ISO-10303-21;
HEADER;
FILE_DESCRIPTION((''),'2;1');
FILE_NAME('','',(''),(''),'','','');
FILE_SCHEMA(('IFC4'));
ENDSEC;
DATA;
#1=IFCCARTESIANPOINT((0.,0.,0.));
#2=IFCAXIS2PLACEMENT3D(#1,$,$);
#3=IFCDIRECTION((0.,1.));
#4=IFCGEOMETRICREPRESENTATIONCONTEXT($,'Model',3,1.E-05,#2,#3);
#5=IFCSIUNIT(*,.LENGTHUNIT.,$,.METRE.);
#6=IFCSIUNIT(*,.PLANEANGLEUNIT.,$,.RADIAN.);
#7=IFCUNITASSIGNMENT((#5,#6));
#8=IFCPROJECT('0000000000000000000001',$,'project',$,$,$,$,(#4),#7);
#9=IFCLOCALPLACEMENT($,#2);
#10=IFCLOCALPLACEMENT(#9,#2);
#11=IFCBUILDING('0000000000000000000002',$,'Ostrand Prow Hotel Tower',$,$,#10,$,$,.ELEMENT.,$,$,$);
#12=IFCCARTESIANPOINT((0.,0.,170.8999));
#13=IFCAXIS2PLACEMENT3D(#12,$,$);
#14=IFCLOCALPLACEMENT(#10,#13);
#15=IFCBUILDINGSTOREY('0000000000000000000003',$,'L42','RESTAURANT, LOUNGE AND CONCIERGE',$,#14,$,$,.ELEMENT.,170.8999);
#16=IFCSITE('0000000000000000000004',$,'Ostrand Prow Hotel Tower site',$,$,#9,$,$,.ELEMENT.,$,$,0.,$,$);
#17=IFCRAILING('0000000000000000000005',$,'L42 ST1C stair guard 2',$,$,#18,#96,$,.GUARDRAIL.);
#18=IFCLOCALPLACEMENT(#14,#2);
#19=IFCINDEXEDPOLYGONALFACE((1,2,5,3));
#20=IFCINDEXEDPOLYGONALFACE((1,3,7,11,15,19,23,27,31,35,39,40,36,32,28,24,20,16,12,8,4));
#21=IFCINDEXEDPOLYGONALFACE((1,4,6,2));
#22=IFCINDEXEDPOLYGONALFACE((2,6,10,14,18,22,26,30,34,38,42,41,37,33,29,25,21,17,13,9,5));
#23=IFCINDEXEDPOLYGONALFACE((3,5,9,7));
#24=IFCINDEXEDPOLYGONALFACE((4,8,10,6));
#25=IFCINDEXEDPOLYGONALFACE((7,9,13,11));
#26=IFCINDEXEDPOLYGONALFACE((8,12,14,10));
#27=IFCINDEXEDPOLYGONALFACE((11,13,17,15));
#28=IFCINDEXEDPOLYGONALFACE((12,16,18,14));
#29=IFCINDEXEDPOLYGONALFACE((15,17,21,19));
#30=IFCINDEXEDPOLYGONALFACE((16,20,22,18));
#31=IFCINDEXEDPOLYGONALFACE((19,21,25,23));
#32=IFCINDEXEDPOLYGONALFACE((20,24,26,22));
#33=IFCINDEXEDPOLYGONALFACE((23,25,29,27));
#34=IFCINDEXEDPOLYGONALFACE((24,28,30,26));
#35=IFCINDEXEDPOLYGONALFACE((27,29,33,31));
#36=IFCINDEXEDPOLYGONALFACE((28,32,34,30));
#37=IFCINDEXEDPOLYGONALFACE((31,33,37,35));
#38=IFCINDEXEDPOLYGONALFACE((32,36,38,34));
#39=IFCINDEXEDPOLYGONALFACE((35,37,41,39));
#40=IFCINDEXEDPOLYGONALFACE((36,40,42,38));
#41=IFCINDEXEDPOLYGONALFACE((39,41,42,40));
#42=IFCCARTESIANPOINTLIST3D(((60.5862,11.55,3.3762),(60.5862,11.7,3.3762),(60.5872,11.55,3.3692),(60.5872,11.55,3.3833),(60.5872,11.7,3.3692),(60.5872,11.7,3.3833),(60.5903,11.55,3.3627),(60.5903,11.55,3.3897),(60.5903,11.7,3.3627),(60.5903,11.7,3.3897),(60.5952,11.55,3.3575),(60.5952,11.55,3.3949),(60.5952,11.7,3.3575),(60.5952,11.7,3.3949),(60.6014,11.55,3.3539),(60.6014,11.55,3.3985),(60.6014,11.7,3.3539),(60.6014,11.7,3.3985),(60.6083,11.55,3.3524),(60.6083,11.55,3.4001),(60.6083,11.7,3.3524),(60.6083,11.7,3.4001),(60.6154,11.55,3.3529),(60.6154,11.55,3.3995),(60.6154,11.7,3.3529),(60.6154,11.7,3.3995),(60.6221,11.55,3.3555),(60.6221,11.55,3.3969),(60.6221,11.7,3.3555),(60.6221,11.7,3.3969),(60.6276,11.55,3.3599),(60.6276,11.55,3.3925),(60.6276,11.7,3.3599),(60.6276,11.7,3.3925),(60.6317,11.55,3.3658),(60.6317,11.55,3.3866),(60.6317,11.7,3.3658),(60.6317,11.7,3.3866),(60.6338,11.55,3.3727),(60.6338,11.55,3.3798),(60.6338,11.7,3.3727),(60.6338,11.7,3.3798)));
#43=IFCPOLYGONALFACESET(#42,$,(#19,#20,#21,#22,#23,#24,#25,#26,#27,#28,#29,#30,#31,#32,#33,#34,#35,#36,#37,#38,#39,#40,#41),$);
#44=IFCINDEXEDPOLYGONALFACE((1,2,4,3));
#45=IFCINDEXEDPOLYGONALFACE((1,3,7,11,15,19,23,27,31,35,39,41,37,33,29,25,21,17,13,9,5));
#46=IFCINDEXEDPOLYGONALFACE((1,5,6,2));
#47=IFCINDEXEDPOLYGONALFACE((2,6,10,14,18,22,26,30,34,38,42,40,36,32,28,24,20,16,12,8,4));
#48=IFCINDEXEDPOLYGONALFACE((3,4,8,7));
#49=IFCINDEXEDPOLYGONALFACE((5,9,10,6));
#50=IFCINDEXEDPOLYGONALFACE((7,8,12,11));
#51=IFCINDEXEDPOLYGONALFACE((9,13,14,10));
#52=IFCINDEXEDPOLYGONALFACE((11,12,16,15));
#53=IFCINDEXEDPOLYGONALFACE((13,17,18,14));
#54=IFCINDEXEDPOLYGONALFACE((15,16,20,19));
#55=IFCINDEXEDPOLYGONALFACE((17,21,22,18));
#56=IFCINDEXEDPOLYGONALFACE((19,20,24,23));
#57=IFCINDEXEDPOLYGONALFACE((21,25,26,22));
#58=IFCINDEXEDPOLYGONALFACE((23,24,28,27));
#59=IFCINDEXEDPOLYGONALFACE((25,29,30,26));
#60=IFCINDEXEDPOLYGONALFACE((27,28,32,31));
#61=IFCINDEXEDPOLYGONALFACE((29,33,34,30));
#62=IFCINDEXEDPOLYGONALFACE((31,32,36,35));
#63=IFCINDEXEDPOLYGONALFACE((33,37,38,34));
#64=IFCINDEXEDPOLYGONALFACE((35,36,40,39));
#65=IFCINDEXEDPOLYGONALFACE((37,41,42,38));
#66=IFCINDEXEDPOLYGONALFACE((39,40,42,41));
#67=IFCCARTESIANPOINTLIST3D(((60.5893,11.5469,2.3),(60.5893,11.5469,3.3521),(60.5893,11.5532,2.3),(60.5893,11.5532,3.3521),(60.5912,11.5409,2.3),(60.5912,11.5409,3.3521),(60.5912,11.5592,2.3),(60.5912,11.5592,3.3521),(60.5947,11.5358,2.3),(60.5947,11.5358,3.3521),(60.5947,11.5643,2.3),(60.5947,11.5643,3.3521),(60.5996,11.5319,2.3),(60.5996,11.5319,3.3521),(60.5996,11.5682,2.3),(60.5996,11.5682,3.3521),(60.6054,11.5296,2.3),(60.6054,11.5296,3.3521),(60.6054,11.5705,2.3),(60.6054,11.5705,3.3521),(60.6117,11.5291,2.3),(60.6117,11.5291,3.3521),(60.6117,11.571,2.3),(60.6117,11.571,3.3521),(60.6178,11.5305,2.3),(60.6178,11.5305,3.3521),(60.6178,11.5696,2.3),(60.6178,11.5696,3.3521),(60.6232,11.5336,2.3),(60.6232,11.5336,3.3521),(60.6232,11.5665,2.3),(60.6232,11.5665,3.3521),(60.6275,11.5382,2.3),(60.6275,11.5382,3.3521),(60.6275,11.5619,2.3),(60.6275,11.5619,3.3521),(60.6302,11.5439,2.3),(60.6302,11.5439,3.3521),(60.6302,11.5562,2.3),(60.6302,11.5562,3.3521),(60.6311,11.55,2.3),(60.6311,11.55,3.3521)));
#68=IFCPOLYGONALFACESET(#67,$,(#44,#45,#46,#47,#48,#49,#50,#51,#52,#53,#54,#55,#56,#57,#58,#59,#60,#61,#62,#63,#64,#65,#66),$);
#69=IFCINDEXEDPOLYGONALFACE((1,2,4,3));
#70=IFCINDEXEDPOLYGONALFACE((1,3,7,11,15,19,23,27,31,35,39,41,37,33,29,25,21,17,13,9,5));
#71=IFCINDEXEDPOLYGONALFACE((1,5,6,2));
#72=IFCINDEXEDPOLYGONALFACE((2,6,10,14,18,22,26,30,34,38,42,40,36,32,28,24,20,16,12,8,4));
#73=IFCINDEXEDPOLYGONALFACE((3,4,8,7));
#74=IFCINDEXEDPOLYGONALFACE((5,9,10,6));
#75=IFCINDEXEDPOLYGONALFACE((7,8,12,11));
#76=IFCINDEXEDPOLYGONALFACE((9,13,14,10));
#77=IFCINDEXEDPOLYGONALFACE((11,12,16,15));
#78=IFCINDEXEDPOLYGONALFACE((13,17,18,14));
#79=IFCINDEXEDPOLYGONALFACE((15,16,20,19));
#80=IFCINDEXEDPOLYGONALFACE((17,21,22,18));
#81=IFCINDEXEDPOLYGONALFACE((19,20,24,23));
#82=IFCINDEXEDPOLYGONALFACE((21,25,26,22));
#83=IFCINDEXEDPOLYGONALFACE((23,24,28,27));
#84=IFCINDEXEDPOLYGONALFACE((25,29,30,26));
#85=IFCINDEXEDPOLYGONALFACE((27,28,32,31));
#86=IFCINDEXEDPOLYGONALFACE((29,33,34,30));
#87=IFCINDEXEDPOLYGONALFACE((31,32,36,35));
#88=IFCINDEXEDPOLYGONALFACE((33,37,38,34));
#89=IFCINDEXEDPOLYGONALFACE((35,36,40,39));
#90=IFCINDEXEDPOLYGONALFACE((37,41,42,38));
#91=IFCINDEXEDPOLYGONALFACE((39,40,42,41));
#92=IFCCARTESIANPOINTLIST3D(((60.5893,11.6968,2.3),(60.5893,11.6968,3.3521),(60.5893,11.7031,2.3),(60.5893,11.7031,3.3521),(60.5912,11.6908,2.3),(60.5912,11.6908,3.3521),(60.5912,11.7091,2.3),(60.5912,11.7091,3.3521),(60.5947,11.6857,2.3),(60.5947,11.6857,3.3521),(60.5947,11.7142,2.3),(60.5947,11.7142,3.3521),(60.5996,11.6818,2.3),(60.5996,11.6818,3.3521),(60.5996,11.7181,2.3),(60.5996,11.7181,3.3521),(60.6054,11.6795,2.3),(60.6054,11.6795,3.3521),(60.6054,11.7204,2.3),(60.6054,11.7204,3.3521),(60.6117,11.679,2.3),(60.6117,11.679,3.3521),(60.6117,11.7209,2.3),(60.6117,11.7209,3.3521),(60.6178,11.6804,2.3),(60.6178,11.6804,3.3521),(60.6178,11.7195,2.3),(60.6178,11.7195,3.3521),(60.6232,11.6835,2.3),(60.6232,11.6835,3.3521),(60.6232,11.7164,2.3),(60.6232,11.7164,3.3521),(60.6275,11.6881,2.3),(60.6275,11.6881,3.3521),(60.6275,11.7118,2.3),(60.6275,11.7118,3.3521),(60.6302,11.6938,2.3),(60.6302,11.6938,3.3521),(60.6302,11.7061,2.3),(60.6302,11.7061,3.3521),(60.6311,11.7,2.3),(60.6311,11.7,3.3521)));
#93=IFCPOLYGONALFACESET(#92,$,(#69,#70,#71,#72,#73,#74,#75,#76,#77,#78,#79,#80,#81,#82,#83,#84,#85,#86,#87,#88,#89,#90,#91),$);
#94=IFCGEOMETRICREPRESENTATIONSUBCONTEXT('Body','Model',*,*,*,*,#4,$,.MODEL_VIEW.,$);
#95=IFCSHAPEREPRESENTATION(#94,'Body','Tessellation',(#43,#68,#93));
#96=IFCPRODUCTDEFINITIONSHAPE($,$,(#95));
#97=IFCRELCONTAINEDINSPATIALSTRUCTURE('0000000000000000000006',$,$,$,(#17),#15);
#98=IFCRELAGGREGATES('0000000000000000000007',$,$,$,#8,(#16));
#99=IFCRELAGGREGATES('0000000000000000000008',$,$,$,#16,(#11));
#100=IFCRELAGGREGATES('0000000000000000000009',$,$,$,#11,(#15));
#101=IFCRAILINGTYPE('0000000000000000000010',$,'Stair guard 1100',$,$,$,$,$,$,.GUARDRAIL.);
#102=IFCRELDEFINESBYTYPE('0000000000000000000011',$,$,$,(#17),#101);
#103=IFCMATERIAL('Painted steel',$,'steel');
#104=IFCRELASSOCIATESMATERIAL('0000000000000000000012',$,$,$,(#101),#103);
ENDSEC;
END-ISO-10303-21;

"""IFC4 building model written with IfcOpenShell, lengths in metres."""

from ifc_helpers import new_model, si_unit, direction, frame, origin, origin_2d, place, context, subcontext, project, spatial, circle, extrude, material, type_object, element, save


model = new_model("IFC4")

# Units and contexts
model_context = context("Model", 3, precision=1e-05, world=origin(), true_north=direction((0.0, 1.0)))
body_context = subcontext(model_context, "Body", "Model", "MODEL_VIEW")
ifc_project = project(units=[si_unit("LENGTHUNIT", "METRE"), si_unit("PLANEANGLEUNIT", "RADIAN")], contexts=[model_context])

# Site, building, storey
site_placement = place(None, origin())
site = spatial("IfcSite", under=ifc_project, at=site_placement, Name="Ostrand Prow Hotel Tower site", CompositionType="ELEMENT", RefElevation=0.0)
building_placement = place(site_placement, origin())
building = spatial("IfcBuilding", under=site, at=building_placement, Name="Ostrand Prow Hotel Tower", CompositionType="ELEMENT")
storey_placement = place(building_placement, frame((0.0, 0.0, 170.8999)))
storey = spatial("IfcBuildingStorey", under=building, at=storey_placement, Name="L42", Description="RESTAURANT, LOUNGE AND CONCIERGE", CompositionType="ELEMENT", Elevation=170.8999)

# Railing
ifc_material_1 = material(Name="Painted steel", Category="steel")
railing_type_1 = type_object("IfcRailingType", Name="Stair guard 1100", PredefinedType="GUARDRAIL", material=ifc_material_1)
railing_1_placement = place(storey_placement, frame((60.6101, 11.55, 2.3)))
element("IfcRailing", 1, at=railing_1_placement, inside=storey, type_object=railing_type_1, Name="L42 ST1C stair guard 2", PredefinedType="GUARDRAIL", context=body_context, shape_type="SweptSolid", body=[
    extrude(circle(Radius=0.0239, at=origin_2d()), frame((0.0, 0.0, 1.0762), z_axis=(0.0, 1.0, 0.0), x_axis=(-1.0, 0.0, 0.0)), (0.0, 0.0, 1.0), 0.1499),
    extrude(circle(Radius=0.021, at=origin_2d()), origin(), (0.0, 0.0, 1.0), 1.052),
    extrude(circle(Radius=0.021, at=origin_2d()), frame((0.0, 0.1499, 0.0)), (0.0, 0.0, 1.0), 1.052),
])

save(model, "model.ifc")
